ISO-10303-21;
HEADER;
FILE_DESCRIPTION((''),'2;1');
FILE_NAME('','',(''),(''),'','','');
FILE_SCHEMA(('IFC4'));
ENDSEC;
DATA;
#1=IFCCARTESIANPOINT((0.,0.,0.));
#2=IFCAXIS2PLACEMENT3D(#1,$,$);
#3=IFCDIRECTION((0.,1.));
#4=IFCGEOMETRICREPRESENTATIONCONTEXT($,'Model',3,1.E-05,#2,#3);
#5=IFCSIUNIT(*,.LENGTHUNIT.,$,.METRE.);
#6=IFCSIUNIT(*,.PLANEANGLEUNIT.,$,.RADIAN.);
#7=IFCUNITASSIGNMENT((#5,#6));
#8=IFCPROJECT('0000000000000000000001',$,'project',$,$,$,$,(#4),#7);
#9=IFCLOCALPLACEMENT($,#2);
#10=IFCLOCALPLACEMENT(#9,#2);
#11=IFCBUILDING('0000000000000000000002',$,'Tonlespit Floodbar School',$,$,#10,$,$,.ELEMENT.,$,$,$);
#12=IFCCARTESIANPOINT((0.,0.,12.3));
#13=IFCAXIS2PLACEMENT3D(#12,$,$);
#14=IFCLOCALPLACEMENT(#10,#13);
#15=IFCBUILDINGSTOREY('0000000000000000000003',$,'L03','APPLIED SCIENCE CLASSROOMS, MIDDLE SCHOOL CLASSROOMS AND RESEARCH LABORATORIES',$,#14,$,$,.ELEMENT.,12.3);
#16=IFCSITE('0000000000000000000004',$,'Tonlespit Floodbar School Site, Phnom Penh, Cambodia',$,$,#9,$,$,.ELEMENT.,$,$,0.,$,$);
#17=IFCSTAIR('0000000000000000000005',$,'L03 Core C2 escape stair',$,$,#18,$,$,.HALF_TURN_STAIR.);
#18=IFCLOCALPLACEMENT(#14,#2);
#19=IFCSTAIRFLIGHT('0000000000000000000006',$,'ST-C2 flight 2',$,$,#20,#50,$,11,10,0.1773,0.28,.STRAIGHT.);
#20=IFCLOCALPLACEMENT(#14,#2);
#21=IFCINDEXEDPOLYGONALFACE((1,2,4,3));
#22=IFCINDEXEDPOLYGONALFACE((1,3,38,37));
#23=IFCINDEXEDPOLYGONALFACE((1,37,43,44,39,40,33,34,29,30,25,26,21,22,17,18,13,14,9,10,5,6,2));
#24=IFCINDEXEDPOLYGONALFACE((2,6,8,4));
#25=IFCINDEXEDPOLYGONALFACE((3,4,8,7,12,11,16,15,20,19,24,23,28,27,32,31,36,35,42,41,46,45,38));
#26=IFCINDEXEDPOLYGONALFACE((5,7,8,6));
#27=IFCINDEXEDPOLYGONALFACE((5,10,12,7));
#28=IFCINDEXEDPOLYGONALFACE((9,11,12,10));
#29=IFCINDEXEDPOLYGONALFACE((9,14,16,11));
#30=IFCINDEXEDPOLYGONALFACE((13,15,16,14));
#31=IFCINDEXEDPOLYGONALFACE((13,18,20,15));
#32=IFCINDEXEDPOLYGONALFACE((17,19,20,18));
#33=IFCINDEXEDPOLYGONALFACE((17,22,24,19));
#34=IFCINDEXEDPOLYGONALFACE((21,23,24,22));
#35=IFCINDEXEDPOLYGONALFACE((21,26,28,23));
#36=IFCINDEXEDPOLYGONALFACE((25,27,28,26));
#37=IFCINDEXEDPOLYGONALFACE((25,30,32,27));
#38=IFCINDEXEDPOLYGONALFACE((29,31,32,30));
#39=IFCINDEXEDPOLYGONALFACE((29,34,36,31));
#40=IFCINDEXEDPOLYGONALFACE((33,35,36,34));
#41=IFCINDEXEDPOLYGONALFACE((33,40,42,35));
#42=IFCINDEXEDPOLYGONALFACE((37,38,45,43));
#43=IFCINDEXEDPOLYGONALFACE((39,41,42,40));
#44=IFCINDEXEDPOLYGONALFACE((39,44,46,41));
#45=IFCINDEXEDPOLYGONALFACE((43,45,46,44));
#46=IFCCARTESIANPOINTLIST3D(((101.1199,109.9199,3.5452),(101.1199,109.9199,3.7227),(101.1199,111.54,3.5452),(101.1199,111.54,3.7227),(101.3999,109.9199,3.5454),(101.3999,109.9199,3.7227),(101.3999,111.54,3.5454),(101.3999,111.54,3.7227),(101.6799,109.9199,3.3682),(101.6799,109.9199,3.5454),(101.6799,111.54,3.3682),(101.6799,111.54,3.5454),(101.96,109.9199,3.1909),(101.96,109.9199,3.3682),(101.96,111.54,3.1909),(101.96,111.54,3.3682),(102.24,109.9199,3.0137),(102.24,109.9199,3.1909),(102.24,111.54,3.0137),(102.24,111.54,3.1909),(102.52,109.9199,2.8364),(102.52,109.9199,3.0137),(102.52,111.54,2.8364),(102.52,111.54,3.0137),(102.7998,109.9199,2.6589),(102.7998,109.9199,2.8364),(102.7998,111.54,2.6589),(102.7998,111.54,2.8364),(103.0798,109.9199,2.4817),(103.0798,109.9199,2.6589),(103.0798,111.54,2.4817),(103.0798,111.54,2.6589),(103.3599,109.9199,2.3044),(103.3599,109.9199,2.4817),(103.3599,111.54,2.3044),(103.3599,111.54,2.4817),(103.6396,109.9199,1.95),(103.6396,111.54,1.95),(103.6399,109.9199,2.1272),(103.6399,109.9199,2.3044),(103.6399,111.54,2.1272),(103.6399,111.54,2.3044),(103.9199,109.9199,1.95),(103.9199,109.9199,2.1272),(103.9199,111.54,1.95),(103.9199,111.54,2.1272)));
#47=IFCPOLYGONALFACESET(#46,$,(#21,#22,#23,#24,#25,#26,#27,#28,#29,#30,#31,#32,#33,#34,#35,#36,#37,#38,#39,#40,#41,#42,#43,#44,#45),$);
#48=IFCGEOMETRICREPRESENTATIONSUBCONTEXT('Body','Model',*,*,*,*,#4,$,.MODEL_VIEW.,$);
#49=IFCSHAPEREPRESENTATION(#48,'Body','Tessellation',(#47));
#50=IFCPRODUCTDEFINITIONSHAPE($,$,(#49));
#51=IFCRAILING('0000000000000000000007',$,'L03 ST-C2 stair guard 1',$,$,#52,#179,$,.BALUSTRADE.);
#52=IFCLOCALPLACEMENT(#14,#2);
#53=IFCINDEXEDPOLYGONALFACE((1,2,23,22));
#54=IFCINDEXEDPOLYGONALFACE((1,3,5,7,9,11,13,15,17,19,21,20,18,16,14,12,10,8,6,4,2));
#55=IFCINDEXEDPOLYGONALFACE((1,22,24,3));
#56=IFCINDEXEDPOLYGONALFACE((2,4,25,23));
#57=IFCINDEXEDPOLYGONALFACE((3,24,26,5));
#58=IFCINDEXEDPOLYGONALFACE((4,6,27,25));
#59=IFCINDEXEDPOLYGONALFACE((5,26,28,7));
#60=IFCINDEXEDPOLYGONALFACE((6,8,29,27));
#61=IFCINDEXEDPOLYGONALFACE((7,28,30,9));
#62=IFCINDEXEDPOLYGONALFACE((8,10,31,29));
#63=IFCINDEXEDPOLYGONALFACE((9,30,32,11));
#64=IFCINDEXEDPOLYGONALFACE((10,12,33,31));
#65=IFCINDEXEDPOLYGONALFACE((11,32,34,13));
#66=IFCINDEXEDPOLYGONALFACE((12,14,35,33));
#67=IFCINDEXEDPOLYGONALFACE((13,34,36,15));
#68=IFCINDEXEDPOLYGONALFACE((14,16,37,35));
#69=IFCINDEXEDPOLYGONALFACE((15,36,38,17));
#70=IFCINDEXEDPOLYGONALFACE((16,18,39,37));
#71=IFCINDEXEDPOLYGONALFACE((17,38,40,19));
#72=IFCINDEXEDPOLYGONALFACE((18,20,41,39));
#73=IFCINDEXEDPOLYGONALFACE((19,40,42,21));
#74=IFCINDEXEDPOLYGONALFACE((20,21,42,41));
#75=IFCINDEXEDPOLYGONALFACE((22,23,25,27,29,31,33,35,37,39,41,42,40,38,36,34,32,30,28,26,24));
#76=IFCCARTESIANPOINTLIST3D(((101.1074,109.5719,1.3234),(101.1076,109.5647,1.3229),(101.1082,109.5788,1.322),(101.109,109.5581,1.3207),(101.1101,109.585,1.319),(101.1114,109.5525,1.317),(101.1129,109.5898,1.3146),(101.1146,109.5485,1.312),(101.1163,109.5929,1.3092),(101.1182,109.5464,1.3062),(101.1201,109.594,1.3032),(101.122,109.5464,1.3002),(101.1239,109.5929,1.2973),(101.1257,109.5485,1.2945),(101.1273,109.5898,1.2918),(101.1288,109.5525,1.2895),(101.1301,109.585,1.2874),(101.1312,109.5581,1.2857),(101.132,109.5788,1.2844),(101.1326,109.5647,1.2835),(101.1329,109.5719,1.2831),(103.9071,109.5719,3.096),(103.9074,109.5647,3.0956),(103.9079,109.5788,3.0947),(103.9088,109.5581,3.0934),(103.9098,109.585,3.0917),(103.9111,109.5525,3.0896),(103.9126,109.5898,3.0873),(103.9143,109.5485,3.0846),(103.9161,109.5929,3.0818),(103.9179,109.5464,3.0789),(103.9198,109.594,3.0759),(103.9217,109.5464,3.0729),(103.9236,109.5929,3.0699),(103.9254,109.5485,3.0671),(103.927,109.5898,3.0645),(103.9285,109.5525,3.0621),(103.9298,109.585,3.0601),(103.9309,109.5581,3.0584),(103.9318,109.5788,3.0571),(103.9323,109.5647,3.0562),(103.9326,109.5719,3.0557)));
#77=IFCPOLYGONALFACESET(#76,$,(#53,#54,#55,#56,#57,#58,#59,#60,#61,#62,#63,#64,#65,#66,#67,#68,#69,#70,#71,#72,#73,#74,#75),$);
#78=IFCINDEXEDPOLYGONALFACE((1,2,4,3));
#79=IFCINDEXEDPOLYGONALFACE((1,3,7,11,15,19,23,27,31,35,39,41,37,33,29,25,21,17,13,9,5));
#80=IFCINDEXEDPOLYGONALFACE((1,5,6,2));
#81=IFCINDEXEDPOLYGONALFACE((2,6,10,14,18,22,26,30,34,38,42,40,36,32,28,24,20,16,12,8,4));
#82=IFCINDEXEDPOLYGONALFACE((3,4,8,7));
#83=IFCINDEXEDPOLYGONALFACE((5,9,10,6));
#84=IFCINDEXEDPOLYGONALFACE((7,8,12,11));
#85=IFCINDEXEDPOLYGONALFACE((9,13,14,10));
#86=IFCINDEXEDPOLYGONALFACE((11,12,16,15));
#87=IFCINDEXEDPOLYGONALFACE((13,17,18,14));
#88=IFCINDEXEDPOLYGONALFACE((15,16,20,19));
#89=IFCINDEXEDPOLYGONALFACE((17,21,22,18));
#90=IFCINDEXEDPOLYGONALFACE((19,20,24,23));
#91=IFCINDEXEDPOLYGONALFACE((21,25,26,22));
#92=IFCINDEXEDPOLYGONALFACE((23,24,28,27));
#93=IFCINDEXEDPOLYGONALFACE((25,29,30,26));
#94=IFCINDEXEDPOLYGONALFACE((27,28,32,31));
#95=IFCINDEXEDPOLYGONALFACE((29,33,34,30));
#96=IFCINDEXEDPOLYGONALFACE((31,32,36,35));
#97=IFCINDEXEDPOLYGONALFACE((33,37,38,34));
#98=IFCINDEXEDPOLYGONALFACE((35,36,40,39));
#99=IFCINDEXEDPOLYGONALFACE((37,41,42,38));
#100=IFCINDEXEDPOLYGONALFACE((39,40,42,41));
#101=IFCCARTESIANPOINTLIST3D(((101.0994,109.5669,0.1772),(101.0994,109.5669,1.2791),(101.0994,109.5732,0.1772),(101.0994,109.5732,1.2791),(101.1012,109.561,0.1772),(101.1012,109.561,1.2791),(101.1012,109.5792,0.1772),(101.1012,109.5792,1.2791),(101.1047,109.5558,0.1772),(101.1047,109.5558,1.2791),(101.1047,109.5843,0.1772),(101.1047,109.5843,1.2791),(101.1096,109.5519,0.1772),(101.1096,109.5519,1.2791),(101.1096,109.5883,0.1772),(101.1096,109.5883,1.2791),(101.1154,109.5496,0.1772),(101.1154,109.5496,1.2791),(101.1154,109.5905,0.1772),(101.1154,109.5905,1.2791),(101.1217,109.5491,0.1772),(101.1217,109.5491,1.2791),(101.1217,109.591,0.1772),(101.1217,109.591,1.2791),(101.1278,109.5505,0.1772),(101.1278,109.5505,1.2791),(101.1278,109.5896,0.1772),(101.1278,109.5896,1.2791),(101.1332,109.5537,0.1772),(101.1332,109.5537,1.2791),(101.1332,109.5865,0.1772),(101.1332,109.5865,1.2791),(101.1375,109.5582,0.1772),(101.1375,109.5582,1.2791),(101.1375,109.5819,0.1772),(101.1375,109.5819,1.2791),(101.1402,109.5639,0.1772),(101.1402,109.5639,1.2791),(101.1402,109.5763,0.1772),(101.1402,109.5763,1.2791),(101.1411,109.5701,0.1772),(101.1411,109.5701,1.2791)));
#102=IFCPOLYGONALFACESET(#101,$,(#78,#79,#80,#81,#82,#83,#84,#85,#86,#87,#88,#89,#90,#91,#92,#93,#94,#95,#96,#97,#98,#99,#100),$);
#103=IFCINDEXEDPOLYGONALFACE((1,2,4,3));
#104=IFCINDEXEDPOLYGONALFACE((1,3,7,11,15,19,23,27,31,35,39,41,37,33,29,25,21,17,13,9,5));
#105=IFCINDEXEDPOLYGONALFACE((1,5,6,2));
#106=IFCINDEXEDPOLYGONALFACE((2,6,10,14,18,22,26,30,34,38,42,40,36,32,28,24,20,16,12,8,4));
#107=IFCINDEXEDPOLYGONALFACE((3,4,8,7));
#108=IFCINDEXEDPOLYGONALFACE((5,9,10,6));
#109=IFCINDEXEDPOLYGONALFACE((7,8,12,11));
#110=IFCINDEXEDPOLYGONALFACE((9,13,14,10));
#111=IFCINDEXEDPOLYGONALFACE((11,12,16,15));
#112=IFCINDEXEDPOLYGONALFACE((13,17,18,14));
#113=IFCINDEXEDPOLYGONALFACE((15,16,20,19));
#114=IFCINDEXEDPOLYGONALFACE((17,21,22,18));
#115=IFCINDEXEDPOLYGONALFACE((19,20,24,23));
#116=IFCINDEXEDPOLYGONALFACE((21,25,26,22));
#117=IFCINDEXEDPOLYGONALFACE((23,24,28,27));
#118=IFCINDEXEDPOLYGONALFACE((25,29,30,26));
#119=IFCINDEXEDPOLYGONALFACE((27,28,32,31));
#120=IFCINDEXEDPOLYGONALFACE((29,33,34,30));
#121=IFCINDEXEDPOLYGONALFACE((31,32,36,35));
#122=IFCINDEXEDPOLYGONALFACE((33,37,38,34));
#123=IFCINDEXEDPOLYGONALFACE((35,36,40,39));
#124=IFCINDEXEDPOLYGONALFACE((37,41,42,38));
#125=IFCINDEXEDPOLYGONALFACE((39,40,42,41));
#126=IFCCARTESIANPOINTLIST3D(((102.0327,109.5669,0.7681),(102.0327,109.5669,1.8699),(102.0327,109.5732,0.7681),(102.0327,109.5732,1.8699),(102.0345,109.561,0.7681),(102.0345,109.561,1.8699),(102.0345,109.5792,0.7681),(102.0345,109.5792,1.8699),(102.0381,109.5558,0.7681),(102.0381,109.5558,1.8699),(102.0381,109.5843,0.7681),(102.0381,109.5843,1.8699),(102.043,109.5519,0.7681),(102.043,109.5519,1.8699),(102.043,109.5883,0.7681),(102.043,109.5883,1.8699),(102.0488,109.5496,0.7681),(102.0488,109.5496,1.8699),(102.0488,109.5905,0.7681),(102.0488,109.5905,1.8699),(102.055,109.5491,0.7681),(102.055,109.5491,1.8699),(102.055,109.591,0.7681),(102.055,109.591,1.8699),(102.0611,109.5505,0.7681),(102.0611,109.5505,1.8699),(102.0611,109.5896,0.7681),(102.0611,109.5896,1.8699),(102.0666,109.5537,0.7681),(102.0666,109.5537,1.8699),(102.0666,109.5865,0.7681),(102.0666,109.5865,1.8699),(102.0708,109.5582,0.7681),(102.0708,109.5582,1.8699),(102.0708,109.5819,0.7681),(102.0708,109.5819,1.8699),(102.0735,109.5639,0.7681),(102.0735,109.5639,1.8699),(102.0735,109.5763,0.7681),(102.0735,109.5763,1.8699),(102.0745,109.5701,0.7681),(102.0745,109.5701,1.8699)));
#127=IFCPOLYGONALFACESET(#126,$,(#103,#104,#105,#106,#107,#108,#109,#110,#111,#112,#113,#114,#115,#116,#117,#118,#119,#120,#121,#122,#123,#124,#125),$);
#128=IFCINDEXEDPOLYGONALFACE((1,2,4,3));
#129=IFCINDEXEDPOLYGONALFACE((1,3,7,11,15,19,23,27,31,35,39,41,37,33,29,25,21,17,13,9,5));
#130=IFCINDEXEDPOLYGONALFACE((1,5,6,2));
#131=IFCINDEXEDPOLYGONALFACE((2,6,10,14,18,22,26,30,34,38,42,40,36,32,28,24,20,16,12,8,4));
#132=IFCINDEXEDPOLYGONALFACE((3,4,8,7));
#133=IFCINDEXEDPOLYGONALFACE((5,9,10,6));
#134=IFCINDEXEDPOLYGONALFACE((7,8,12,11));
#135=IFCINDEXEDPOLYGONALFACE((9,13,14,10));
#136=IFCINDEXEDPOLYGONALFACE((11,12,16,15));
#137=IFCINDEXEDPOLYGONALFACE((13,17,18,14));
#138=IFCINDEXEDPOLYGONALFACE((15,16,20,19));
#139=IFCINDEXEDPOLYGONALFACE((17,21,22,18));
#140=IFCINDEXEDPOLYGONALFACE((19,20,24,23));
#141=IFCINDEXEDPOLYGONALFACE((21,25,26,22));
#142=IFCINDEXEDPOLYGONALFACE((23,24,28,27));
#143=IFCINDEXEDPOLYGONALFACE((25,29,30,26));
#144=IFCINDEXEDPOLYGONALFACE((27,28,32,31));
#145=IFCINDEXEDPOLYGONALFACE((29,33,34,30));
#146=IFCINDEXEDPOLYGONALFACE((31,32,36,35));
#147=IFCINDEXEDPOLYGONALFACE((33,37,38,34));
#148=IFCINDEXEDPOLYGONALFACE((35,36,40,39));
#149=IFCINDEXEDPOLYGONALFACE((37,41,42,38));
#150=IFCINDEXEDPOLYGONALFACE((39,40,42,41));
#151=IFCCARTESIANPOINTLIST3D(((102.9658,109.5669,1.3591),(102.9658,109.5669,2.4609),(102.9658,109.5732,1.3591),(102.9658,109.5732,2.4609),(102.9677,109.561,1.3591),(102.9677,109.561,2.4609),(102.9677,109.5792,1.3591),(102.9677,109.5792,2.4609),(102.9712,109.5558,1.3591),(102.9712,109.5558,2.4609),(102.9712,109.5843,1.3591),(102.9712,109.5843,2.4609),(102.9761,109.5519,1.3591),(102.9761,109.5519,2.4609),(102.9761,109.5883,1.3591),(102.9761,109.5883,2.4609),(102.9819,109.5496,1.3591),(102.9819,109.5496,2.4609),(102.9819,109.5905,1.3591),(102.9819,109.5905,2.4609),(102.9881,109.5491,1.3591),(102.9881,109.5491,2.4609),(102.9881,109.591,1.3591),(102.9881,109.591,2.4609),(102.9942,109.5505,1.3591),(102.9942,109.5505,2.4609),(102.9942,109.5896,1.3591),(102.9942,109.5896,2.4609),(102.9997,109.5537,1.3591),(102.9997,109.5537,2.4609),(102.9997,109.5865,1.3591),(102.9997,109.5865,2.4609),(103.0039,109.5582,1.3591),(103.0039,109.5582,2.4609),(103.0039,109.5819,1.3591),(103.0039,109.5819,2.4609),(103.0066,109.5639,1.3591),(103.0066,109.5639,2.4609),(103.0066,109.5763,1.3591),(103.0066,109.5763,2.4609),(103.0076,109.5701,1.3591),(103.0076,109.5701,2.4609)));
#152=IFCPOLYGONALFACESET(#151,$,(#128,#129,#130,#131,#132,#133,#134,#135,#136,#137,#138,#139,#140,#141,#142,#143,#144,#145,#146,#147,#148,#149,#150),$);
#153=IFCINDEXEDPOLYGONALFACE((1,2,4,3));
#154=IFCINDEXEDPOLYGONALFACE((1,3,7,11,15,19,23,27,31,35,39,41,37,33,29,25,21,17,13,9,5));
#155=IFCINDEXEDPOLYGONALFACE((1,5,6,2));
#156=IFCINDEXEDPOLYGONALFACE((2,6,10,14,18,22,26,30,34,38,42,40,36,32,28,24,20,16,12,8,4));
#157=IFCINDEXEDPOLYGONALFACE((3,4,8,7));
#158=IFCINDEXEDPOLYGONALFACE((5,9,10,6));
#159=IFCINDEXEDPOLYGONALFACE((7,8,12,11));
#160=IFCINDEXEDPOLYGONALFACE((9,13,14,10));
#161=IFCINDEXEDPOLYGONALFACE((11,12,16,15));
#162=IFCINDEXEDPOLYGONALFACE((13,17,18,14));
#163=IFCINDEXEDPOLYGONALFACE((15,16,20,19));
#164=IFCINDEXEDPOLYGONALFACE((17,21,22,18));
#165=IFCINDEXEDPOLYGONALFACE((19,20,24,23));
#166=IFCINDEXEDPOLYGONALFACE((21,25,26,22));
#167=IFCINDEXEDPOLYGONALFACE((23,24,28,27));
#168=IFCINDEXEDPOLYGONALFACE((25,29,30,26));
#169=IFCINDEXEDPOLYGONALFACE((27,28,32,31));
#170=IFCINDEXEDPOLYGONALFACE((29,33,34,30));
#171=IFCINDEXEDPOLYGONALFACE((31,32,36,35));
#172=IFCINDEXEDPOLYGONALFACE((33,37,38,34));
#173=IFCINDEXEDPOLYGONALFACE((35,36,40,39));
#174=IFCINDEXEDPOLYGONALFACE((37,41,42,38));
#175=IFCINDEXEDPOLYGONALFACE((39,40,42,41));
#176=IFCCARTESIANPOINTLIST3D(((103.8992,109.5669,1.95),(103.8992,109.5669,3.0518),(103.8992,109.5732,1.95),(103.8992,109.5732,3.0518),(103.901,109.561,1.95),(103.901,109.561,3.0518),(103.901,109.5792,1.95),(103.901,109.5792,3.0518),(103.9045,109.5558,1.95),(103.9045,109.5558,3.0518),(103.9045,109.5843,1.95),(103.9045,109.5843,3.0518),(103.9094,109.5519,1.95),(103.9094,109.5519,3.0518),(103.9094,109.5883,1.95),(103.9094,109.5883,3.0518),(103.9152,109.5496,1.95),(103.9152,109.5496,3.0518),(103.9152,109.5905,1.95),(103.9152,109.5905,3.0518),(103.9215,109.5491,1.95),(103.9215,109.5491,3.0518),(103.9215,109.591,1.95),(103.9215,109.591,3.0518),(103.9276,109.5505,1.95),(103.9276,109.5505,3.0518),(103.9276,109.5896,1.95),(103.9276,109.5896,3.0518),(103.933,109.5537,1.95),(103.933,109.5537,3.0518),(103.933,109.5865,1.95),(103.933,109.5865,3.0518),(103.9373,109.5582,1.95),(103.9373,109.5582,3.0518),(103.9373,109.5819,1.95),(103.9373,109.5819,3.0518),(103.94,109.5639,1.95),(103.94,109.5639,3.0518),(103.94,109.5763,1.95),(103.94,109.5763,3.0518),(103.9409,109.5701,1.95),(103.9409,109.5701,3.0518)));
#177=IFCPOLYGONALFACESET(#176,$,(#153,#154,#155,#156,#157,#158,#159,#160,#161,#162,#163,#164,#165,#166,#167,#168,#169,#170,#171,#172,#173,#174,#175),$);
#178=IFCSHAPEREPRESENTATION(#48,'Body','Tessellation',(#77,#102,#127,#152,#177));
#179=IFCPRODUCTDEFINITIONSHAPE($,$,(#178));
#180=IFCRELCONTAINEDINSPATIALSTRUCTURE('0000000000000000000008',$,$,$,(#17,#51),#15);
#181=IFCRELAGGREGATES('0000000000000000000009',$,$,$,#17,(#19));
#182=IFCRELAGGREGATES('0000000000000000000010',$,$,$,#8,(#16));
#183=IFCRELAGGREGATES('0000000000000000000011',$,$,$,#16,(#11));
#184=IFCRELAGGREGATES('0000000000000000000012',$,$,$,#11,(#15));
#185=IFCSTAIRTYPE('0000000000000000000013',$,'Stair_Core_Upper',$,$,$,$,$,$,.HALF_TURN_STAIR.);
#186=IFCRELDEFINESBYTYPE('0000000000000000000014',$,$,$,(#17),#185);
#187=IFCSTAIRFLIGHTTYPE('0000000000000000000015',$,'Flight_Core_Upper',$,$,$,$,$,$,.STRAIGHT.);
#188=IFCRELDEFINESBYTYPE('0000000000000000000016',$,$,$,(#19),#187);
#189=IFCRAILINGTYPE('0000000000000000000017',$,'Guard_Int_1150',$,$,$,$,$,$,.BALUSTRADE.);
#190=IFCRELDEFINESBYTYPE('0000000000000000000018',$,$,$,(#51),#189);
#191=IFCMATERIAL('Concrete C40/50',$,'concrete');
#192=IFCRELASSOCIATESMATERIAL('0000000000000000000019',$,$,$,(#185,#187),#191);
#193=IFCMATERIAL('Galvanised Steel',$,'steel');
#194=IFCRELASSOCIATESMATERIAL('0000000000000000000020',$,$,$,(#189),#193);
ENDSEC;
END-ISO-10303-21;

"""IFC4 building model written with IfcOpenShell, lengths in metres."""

from ifc_helpers import new_model, si_unit, direction, frame, origin, origin_2d, place, context, subcontext, project, spatial, polyline, circle, outline, extrude, material, type_object, element, aggregate, save


model = new_model("IFC4")

# Units and contexts
model_context = context("Model", 3, precision=1e-05, world=origin(), true_north=direction((0.0, 1.0)))
body_context = subcontext(model_context, "Body", "Model", "MODEL_VIEW")
ifc_project = project(units=[si_unit("LENGTHUNIT", "METRE"), si_unit("PLANEANGLEUNIT", "RADIAN")], contexts=[model_context])

# Site, building, storey
site_placement = place(None, origin())
site = spatial("IfcSite", under=ifc_project, at=site_placement, Name="Tonlespit Floodbar School Site, Phnom Penh, Cambodia", CompositionType="ELEMENT", RefElevation=0.0)
building_placement = place(site_placement, origin())
building = spatial("IfcBuilding", under=site, at=building_placement, Name="Tonlespit Floodbar School", CompositionType="ELEMENT")
storey_placement = place(building_placement, frame((0.0, 0.0, 12.3)))
storey = spatial("IfcBuildingStorey", under=building, at=storey_placement, Name="L03", Description="APPLIED SCIENCE CLASSROOMS, MIDDLE SCHOOL CLASSROOMS AND RESEARCH LABORATORIES", CompositionType="ELEMENT", Elevation=12.3)

# Shared definitions
ifc_material_1 = material(Name="Concrete C40/50", Category="concrete")

# Stair, stair flight
stair_type = type_object("IfcStairType", Name="Stair_Core_Upper", PredefinedType="HALF_TURN_STAIR", material=ifc_material_1)
stair_placement = place(storey_placement, origin())
stair = element("IfcStair", 1, at=stair_placement, inside=storey, type_object=stair_type, Name="L03 Core C2 escape stair", PredefinedType="HALF_TURN_STAIR")
stair_flight_type = type_object("IfcStairFlightType", Name="Flight_Core_Upper", PredefinedType="STRAIGHT", material=ifc_material_1)
stair_flight_1_placement = place(storey_placement, frame((103.9199, 110.73, 1.95), z_axis=(0.0, 0.0, 1.0), x_axis=(-1.0, 0.0, 0.0)))
stair_flight_1 = element("IfcStairFlight", 2, at=stair_flight_1_placement, type_object=stair_flight_type, Name="ST-C2 flight 2", NumberOfRisers=11, NumberOfTreads=10, PredefinedType="STRAIGHT", RiserHeight=0.1773, TreadLength=0.28, context=body_context, shape_type="SweptSolid", body=[
    extrude(outline(polyline([(0.0, 0.0), (0.0, 0.1772), (0.28, 0.1772), (0.28, 0.3545), (0.5601, 0.3545), (0.5601, 0.5317), (0.8401, 0.5317), (0.8401, 0.709), (1.1201, 0.709), (1.1201, 0.8865), (1.3999, 0.8865), (1.3999, 1.0637), (1.6799, 1.0637), (1.6799, 1.241), (1.96, 1.241), (1.96, 1.4182), (2.24, 1.4182), (2.24, 1.5955), (2.52, 1.5955), (2.52, 1.7727), (2.8, 1.7727), (2.8, 1.95), (2.8, 1.5952), (0.2803, 0.0), (0.0, 0.0)])), frame((0.0, 0.8101, 0.0), z_axis=(0.0, -1.0, 0.0), x_axis=(1.0, 0.0, 0.0)), (0.0, 0.0, 1.0), 1.6201),
])
aggregate(stair, [stair_flight_1])

# Railing
ifc_material_2 = material(Name="Galvanised Steel", Category="steel")
railing_type_1 = type_object("IfcRailingType", Name="Guard_Int_1150", PredefinedType="BALUSTRADE", material=ifc_material_2)
railing_1_placement = place(storey_placement, frame((101.1201, 109.5701, 0.1772)))
element("IfcRailing", 3, at=railing_1_placement, inside=storey, type_object=railing_type_1, Name="L03 ST-C2 stair guard 1", PredefinedType="BALUSTRADE", context=body_context, shape_type="SweptSolid", body=[
    extrude(circle(Radius=0.0239, at=origin_2d()), frame((0.0, 0.0, 1.126), z_axis=(0.844888, 0.0, 0.534943), x_axis=(0.0, 1.0, 0.0)), (0.0, 0.0, 1.0), 3.3137),
    extrude(circle(Radius=0.021, at=origin_2d()), origin(), (0.0, 0.0, 1.0), 1.1018),
    extrude(circle(Radius=0.021, at=origin_2d()), frame((0.9333, 0.0, 0.5908)), (0.0, 0.0, 1.0), 1.1018),
    extrude(circle(Radius=0.021, at=origin_2d()), frame((1.8665, 0.0, 1.1819)), (0.0, 0.0, 1.0), 1.1018),
    extrude(circle(Radius=0.021, at=origin_2d()), frame((2.7998, 0.0, 1.7727)), (0.0, 0.0, 1.0), 1.1018),
])

save(model, "model.ifc")
